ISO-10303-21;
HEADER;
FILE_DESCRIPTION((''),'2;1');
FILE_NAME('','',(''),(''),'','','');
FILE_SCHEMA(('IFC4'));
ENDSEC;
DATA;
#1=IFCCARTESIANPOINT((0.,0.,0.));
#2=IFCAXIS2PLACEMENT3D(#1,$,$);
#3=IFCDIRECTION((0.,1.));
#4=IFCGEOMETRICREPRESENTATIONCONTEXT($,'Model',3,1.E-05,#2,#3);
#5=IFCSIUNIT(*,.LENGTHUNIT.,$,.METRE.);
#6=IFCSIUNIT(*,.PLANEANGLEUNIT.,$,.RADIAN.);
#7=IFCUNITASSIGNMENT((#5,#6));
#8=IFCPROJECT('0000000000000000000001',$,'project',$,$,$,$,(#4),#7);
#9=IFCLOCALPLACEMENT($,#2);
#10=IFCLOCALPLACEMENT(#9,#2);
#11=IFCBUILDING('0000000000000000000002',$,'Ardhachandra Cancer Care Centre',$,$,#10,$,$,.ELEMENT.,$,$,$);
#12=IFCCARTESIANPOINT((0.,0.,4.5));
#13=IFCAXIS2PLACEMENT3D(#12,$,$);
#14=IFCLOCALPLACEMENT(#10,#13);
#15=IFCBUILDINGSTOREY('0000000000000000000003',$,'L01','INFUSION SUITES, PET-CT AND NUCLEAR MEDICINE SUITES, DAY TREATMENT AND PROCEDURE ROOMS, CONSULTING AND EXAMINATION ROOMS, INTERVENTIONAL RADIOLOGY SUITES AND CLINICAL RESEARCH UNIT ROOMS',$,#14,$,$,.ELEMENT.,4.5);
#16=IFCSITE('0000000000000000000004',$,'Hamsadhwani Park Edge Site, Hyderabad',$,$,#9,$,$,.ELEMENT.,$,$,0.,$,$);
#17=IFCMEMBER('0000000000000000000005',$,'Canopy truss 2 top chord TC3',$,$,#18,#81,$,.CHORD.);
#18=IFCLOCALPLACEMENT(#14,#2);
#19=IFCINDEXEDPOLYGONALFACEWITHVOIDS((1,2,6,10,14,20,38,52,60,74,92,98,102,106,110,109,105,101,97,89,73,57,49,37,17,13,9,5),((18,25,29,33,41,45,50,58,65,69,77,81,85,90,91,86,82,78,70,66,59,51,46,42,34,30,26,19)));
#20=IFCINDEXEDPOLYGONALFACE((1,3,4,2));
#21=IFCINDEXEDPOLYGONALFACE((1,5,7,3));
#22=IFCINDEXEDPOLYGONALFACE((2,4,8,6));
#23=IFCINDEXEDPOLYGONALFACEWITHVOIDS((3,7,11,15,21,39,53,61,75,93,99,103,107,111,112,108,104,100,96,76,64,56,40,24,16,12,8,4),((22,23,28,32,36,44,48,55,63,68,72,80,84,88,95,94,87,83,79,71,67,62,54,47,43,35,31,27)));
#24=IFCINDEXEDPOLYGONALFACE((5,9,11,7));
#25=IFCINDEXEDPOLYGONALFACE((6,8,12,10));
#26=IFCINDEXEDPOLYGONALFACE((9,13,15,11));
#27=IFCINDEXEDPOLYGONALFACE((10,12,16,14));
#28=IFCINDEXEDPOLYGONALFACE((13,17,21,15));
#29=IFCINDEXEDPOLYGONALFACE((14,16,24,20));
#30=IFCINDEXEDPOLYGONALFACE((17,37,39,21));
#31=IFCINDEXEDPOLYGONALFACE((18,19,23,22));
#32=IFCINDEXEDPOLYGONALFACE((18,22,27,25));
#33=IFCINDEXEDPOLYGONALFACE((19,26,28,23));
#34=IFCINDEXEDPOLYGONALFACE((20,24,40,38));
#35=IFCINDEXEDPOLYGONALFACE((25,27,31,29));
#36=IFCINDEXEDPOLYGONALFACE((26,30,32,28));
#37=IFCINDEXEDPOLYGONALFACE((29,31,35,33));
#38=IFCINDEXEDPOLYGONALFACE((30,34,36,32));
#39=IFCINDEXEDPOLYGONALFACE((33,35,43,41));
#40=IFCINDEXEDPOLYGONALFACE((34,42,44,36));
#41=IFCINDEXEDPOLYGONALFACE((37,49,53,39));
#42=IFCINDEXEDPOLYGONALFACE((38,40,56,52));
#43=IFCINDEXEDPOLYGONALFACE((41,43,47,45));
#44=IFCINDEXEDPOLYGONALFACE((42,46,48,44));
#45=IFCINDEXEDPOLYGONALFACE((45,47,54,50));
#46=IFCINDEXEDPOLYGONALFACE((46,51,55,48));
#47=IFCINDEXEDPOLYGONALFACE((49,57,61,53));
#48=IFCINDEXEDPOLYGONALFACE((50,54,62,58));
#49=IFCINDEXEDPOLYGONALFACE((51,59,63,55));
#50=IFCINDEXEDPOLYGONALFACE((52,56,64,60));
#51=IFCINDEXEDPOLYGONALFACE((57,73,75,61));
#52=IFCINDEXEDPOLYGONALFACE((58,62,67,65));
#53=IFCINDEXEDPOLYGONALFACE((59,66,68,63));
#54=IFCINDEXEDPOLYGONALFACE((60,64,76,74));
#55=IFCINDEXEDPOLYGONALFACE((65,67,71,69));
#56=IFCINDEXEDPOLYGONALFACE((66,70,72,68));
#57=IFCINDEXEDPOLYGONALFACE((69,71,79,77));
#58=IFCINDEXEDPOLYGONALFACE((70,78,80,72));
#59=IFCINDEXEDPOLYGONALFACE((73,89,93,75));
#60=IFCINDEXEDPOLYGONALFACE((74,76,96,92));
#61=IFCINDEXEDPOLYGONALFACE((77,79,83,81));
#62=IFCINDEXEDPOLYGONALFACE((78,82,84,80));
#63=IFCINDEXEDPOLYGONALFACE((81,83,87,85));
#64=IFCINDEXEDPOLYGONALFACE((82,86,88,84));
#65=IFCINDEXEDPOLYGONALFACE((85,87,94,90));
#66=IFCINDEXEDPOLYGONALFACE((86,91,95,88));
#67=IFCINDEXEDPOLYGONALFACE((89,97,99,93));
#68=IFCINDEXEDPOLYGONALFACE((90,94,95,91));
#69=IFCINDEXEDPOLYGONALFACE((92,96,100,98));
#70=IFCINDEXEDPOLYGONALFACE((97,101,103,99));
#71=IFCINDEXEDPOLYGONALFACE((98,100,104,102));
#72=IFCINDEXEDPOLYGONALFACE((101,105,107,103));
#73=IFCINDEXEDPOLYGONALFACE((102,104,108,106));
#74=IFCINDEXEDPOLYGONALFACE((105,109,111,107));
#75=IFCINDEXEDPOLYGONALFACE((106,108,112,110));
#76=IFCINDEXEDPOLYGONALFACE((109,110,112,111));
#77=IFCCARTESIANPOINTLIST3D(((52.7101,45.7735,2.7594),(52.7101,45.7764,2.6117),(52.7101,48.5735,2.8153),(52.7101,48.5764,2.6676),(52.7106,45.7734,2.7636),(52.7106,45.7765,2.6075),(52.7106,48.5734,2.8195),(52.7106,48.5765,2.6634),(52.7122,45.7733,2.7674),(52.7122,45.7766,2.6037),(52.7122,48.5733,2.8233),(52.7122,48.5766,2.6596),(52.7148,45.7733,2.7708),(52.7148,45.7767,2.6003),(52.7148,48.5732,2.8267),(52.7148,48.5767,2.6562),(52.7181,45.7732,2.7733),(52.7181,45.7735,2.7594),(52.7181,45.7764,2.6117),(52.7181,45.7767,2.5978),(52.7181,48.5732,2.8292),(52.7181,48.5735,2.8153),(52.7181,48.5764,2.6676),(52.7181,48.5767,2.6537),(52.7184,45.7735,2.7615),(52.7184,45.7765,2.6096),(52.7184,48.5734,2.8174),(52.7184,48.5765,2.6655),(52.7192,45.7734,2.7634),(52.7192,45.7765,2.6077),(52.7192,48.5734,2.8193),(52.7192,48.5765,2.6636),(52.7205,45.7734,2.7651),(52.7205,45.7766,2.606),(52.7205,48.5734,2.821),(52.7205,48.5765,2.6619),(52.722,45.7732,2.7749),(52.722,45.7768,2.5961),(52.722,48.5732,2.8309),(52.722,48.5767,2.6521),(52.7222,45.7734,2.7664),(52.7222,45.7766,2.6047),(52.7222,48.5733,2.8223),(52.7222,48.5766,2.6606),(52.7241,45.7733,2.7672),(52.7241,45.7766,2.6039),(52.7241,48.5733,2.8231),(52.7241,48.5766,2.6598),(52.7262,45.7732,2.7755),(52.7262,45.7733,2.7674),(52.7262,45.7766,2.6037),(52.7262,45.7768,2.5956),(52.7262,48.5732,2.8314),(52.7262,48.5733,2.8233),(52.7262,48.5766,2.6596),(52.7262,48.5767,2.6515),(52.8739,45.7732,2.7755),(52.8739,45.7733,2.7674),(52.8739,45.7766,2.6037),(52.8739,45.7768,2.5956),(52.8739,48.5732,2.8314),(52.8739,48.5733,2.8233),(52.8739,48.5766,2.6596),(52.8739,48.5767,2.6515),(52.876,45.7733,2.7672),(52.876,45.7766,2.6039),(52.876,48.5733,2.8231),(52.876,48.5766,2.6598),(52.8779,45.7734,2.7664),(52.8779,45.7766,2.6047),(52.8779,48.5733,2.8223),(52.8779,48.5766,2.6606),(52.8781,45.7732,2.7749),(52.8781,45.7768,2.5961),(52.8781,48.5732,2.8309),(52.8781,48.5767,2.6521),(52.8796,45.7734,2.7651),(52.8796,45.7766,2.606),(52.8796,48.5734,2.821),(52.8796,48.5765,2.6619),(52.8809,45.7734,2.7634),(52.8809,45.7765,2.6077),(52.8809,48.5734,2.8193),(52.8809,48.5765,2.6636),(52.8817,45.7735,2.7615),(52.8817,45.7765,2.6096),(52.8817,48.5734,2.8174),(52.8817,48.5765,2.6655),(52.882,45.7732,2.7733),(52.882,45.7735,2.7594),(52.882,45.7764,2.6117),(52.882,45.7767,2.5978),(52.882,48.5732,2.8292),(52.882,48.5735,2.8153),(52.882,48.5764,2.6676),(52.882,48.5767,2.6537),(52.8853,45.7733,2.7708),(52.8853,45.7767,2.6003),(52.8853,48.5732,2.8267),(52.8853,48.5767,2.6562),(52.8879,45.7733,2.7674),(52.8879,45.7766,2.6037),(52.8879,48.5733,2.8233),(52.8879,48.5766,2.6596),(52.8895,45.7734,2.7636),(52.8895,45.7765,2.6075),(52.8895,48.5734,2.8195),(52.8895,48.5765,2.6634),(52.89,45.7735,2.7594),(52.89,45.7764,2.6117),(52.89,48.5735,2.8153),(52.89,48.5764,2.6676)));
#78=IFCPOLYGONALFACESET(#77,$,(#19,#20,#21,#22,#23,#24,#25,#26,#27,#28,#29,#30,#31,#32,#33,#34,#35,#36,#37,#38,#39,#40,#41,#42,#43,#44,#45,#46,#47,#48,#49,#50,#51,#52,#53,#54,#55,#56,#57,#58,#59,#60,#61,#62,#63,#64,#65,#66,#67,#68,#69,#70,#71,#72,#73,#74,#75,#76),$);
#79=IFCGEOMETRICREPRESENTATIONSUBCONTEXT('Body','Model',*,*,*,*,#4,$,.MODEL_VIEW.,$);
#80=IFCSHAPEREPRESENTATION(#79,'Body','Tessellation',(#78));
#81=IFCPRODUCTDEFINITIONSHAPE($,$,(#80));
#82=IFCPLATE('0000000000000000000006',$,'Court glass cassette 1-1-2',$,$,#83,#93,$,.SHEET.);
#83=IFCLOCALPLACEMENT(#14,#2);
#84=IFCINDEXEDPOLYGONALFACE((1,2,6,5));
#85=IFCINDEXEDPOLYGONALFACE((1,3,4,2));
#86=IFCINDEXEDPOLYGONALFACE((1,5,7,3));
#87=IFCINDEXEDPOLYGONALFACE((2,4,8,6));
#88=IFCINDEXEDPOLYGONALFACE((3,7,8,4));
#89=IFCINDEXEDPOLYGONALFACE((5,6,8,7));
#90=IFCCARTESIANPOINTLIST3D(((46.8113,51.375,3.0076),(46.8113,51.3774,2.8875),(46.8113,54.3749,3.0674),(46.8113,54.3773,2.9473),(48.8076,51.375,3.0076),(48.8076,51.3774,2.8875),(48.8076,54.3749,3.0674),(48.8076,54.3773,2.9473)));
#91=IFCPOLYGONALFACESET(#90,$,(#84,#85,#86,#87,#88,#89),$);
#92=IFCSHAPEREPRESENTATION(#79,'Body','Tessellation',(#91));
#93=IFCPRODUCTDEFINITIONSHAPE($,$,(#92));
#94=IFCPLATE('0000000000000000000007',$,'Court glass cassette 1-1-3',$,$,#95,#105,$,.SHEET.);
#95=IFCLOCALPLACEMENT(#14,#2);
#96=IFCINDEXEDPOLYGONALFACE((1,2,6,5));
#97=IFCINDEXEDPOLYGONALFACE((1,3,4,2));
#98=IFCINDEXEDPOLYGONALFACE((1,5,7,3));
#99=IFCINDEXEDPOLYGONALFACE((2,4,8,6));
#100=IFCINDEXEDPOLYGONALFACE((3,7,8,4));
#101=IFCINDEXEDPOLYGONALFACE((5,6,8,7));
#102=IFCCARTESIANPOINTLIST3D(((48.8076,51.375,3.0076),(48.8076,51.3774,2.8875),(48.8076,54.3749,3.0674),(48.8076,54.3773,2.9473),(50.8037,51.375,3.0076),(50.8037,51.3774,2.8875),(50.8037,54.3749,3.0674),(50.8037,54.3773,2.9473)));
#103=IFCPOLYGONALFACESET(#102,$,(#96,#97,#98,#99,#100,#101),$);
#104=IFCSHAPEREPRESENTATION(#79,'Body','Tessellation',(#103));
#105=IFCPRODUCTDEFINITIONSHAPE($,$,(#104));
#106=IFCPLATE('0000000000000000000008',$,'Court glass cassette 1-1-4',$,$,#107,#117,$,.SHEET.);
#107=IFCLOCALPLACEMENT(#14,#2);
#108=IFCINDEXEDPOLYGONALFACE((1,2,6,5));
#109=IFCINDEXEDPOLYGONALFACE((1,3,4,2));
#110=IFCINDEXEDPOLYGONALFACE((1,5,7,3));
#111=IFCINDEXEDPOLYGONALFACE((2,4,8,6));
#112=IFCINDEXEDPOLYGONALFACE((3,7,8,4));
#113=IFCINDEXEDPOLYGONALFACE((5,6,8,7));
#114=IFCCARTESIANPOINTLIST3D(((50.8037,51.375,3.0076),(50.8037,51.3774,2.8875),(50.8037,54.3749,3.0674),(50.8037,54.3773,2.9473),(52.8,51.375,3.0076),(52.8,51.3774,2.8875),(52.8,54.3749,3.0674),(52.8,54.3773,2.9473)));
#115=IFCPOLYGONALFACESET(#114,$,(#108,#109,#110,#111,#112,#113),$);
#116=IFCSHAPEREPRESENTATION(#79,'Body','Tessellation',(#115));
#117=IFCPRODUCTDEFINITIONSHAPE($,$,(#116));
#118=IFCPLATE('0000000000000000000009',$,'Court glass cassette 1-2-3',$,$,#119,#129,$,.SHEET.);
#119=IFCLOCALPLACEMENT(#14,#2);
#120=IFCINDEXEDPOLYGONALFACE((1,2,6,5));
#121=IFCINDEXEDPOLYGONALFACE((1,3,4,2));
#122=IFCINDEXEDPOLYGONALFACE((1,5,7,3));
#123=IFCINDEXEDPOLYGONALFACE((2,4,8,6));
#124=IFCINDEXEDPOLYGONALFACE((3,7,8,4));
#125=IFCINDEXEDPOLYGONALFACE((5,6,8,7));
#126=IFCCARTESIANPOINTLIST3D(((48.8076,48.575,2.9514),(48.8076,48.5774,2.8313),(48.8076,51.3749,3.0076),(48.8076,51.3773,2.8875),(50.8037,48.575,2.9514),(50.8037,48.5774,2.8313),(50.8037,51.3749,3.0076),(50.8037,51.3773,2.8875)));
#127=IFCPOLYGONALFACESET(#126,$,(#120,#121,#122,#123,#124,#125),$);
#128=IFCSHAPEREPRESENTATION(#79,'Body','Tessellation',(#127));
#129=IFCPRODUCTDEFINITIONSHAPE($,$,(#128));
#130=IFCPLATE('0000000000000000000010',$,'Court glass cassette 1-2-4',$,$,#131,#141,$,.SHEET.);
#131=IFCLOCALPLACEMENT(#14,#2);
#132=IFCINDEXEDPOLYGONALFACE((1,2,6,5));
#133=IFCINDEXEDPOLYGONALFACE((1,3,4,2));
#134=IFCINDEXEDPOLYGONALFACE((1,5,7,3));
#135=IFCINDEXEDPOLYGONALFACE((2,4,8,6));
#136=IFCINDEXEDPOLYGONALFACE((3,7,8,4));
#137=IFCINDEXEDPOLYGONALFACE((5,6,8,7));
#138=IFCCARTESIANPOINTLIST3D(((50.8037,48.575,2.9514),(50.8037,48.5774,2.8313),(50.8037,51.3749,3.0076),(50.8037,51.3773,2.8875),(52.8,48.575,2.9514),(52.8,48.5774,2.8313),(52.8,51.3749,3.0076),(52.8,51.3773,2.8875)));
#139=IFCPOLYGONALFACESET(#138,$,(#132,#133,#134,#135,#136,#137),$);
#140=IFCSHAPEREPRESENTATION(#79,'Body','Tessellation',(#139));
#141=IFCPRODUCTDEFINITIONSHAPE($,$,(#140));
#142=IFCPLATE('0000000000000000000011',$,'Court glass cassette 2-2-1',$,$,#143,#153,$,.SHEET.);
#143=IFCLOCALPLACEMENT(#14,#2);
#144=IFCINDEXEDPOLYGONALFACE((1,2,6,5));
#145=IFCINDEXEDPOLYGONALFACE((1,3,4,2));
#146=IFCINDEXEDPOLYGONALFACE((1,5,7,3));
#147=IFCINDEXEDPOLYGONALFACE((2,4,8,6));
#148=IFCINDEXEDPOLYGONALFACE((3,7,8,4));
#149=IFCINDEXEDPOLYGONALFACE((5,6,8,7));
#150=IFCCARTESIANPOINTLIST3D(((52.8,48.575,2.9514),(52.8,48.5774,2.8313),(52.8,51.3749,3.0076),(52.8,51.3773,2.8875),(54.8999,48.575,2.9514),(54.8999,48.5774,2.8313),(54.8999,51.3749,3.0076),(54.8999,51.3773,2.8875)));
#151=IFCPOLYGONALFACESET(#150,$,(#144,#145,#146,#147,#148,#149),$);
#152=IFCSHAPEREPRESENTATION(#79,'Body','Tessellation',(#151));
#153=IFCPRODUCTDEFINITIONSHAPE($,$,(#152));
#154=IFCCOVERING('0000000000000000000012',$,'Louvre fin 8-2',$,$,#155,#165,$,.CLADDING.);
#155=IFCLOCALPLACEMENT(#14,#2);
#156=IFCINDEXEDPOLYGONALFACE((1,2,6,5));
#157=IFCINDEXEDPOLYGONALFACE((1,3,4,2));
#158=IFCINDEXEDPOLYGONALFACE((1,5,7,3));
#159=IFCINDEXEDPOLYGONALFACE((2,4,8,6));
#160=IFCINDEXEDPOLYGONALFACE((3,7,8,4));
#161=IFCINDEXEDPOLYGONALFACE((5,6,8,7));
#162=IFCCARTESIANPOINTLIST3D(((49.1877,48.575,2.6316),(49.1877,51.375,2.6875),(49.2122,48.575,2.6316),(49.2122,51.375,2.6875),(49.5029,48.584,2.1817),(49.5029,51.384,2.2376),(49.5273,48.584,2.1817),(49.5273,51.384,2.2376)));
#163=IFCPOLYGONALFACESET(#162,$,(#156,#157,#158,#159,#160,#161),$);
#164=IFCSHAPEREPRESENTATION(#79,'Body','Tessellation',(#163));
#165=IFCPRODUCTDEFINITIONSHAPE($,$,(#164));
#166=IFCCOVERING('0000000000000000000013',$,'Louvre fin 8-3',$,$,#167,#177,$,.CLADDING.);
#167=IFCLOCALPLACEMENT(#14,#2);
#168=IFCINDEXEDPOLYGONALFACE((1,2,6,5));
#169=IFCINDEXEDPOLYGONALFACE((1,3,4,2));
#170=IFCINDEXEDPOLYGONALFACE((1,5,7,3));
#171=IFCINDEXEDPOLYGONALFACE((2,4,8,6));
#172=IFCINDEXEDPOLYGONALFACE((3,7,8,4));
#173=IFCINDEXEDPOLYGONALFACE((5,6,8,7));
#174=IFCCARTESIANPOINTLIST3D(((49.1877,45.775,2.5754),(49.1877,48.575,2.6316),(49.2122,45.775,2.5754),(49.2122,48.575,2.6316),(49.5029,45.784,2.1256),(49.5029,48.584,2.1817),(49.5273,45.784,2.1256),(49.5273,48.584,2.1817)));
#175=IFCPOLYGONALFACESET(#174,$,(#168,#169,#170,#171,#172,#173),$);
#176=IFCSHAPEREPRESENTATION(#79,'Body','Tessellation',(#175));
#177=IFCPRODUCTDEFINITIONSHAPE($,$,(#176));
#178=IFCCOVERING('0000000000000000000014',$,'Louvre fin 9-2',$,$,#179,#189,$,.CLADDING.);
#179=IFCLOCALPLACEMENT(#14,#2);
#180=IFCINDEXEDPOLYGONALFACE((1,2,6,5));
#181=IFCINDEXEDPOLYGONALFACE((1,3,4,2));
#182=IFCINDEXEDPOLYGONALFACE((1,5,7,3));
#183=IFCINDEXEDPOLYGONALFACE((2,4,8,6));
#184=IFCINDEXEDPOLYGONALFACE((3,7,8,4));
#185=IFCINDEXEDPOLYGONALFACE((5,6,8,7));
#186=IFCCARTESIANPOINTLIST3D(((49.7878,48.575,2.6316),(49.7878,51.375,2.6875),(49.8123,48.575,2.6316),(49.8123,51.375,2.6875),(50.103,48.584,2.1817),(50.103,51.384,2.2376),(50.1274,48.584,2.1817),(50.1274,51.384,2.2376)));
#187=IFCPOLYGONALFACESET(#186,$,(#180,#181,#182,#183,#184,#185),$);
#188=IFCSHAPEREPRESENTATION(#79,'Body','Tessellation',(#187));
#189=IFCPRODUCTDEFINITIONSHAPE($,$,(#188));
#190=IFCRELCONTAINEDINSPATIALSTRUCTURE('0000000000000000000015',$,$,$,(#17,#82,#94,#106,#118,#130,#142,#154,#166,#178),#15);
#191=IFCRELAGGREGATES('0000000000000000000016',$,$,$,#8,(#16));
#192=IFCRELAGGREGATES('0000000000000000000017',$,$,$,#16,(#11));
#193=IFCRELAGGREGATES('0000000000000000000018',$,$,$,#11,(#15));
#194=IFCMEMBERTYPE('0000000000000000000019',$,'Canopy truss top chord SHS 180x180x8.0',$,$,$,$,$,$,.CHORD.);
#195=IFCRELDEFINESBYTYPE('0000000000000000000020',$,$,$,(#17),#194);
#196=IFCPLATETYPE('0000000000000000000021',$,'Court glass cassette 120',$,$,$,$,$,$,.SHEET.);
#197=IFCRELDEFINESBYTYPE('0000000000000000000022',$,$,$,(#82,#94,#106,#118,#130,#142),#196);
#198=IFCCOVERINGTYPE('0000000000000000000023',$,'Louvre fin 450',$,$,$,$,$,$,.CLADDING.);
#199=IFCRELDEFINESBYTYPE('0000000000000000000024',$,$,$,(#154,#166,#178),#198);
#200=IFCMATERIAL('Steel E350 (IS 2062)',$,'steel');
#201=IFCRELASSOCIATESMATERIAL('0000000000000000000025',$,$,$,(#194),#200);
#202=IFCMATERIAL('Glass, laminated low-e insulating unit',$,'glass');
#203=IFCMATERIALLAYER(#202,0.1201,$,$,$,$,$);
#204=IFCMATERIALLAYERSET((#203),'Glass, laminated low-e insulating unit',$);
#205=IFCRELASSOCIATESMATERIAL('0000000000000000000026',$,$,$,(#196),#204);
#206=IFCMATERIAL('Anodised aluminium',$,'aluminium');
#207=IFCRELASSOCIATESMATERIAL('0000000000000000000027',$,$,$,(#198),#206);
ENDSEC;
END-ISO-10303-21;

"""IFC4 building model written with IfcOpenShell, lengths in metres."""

from ifc_helpers import new_model, si_unit, direction, frame, origin, origin_2d, place, context, subcontext, project, spatial, polyline, hollow_rectangle, outline, extrude, material, layer, layer_set, material_profile, profile_set, type_object, element, save


model = new_model("IFC4")

# Units and contexts
model_context = context("Model", 3, precision=1e-05, world=origin(), true_north=direction((0.0, 1.0)))
body_context = subcontext(model_context, "Body", "Model", "MODEL_VIEW")
ifc_project = project(units=[si_unit("LENGTHUNIT", "METRE"), si_unit("PLANEANGLEUNIT", "RADIAN")], contexts=[model_context])

# Site, building, storey
site_placement = place(None, origin())
site = spatial("IfcSite", under=ifc_project, at=site_placement, Name="Hamsadhwani Park Edge Site, Hyderabad", CompositionType="ELEMENT", RefElevation=0.0)
building_placement = place(site_placement, origin())
building = spatial("IfcBuilding", under=site, at=building_placement, Name="Ardhachandra Cancer Care Centre", CompositionType="ELEMENT")
storey_placement = place(building_placement, frame((0.0, 0.0, 4.5)))
storey = spatial("IfcBuildingStorey", under=building, at=storey_placement, Name="L01", Description="INFUSION SUITES, PET-CT AND NUCLEAR MEDICINE SUITES, DAY TREATMENT AND PROCEDURE ROOMS, CONSULTING AND EXAMINATION ROOMS, INTERVENTIONAL RADIOLOGY SUITES AND CLINICAL RESEARCH UNIT ROOMS", CompositionType="ELEMENT", Elevation=4.5)

# Member
ifc_material_1 = material(Name="Steel E350 (IS 2062)", Category="steel")
ifc_material_profile_1 = material_profile(ifc_material_1, hollow_rectangle(XDim=0.1799, YDim=0.1799, WallThickness=0.0081, InnerFilletRadius=0.0081, OuterFilletRadius=0.0161, at=origin_2d()), Name="SHS 180x180x8.0")
ifc_profile_set_1 = profile_set([ifc_material_profile_1], Name="Steel E350 (IS 2062)")
member_type_1 = type_object("IfcMemberType", Name="Canopy truss top chord SHS 180x180x8.0", PredefinedType="CHORD", material=ifc_profile_set_1)
for number, where, z_axis, x_axis, name in (
    (1, (52.8, 48.575, 2.7415), (0.0, -0.999801, -0.019963), (1.0, 0.0, 0.0), "Canopy truss 2 top chord TC3"),
):
    element("IfcMember", number, at=place(storey_placement, frame(where, z_axis=z_axis, x_axis=x_axis)), inside=storey, type_object=member_type_1, Name=name, PredefinedType="CHORD", context=body_context, shape_type="SweptSolid", body=[
        extrude(hollow_rectangle(XDim=0.1799, YDim=0.1799, WallThickness=0.0081, InnerFilletRadius=0.0081, OuterFilletRadius=0.0161, at=origin_2d()), origin(), (0.0, 0.0, 1.0), 2.8005),
    ])

# Plates
ifc_material_2 = material(Name="Glass, laminated low-e insulating unit", Category="glass")
ifc_layer = layer(ifc_material_2, 0.1201)
ifc_layer_set = layer_set([ifc_layer], Name="Glass, laminated low-e insulating unit")
plate_type = type_object("IfcPlateType", Name="Court glass cassette 120", PredefinedType="SHEET", material=ifc_layer_set)
plate_1_placement = place(storey_placement, frame((48.8076, 51.375, 3.0076), z_axis=(0.0, -0.019934, 0.999801), x_axis=(-1.0, 0.0, 0.0)))
element("IfcPlate", 2, at=plate_1_placement, inside=storey, type_object=plate_type, Name="Court glass cassette 1-1-2", PredefinedType="SHEET", context=body_context, shape_type="SweptSolid", body=[
    extrude(outline(polyline([(0.0, -3.0005), (1.9963, -3.0005), (1.9963, 0.0), (0.0, 0.0), (0.0, -3.0005)])), frame((0.0, 0.0, -0.1201)), (0.0, 0.0, 1.0), 0.1201),
])
plate_2_placement = place(storey_placement, frame((50.8037, 51.375, 3.0076), z_axis=(0.0, -0.019934, 0.999801), x_axis=(-1.0, 0.0, 0.0)))
element("IfcPlate", 3, at=plate_2_placement, inside=storey, type_object=plate_type, Name="Court glass cassette 1-1-3", PredefinedType="SHEET", context=body_context, shape_type="SweptSolid", body=[
    extrude(outline(polyline([(0.0, -3.0005), (1.9961, -3.0005), (1.9961, 0.0), (0.0, 0.0), (0.0, -3.0005)])), frame((0.0, 0.0, -0.1201)), (0.0, 0.0, 1.0), 0.1201),
])
plate_3_placement = place(storey_placement, frame((52.8, 51.375, 3.0076), z_axis=(0.0, -0.019934, 0.999801), x_axis=(-1.0, 0.0, 0.0)))
element("IfcPlate", 4, at=plate_3_placement, inside=storey, type_object=plate_type, Name="Court glass cassette 1-1-4", PredefinedType="SHEET", context=body_context, shape_type="SweptSolid", body=[
    extrude(outline(polyline([(0.0, -3.0005), (1.9963, -3.0005), (1.9963, 0.0), (0.0, 0.0), (0.0, -3.0005)])), frame((0.0, 0.0, -0.1201)), (0.0, 0.0, 1.0), 0.1201),
])
plate_4_placement = place(storey_placement, frame((48.8076, 48.575, 2.9514), z_axis=(0.0, -0.02005, 0.999799), x_axis=(0.0, 0.999799, 0.02005)))
element("IfcPlate", 5, at=plate_4_placement, inside=storey, type_object=plate_type, Name="Court glass cassette 1-2-3", PredefinedType="SHEET", context=body_context, shape_type="SweptSolid", body=[
    extrude(outline(polyline([(0.0, -1.9961), (2.8005, -1.9961), (2.8005, 0.0), (0.0, 0.0), (0.0, -1.9961)])), frame((0.0, 0.0, -0.1201)), (0.0, 0.0, 1.0), 0.1201),
])
plate_5_placement = place(storey_placement, frame((50.8037, 48.575, 2.9514), z_axis=(0.0, -0.02005, 0.999799), x_axis=(0.0, 0.999799, 0.02005)))
element("IfcPlate", 6, at=plate_5_placement, inside=storey, type_object=plate_type, Name="Court glass cassette 1-2-4", PredefinedType="SHEET", context=body_context, shape_type="SweptSolid", body=[
    extrude(outline(polyline([(0.0, -1.9963), (2.8005, -1.9963), (2.8005, 0.0), (0.0, 0.0), (0.0, -1.9963)])), frame((0.0, 0.0, -0.1201)), (0.0, 0.0, 1.0), 0.1201),
])
plate_6_placement = place(storey_placement, frame((52.8, 48.575, 2.9514), z_axis=(0.0, -0.02005, 0.999799), x_axis=(0.0, 0.999799, 0.02005)))
element("IfcPlate", 7, at=plate_6_placement, inside=storey, type_object=plate_type, Name="Court glass cassette 2-2-1", PredefinedType="SHEET", context=body_context, shape_type="SweptSolid", body=[
    extrude(outline(polyline([(0.0, -2.0999), (2.8005, -2.0999), (2.8005, 0.0), (0.0, 0.0), (0.0, -2.0999)])), frame((0.0, 0.0, -0.1201)), (0.0, 0.0, 1.0), 0.1201),
])

# Coverings
ifc_material_3 = material(Name="Anodised aluminium", Category="aluminium")
ifc_material_profile_2 = material_profile(ifc_material_3, outline(polyline([(-0.0122, 0.0), (0.0122, 0.0), (0.3274, -0.45), (0.303, -0.45), (-0.0122, 0.0)])), Name="Louvre fin 450")
ifc_profile_set_2 = profile_set([ifc_material_profile_2], Name="Anodised aluminium")
covering_type = type_object("IfcCoveringType", Name="Louvre fin 450", PredefinedType="CLADDING", material=ifc_profile_set_2)
for number, where, z_axis, x_axis, name in (
    (8, (49.2, 51.375, 2.6875), (0.0, -0.999801, -0.019963), (1.0, 0.0, 0.0), "Louvre fin 8-2"),
    (9, (49.2, 48.575, 2.6316), (0.0, -0.999799, -0.02005), (1.0, 0.0, 0.0), "Louvre fin 8-3"),
    (10, (49.8, 51.375, 2.6875), (0.0, -0.999801, -0.019963), (1.0, 0.0, 0.0), "Louvre fin 9-2"),
):
    element("IfcCovering", number, at=place(storey_placement, frame(where, z_axis=z_axis, x_axis=x_axis)), inside=storey, type_object=covering_type, Name=name, PredefinedType="CLADDING", context=body_context, shape_type="SweptSolid", body=[
        extrude(outline(polyline([(-0.0122, 0.0), (0.0122, 0.0), (0.3274, -0.45), (0.303, -0.45), (-0.0122, 0.0)])), origin(), (0.0, 0.0, 1.0), 2.8005),
    ])

save(model, "model.ifc")
